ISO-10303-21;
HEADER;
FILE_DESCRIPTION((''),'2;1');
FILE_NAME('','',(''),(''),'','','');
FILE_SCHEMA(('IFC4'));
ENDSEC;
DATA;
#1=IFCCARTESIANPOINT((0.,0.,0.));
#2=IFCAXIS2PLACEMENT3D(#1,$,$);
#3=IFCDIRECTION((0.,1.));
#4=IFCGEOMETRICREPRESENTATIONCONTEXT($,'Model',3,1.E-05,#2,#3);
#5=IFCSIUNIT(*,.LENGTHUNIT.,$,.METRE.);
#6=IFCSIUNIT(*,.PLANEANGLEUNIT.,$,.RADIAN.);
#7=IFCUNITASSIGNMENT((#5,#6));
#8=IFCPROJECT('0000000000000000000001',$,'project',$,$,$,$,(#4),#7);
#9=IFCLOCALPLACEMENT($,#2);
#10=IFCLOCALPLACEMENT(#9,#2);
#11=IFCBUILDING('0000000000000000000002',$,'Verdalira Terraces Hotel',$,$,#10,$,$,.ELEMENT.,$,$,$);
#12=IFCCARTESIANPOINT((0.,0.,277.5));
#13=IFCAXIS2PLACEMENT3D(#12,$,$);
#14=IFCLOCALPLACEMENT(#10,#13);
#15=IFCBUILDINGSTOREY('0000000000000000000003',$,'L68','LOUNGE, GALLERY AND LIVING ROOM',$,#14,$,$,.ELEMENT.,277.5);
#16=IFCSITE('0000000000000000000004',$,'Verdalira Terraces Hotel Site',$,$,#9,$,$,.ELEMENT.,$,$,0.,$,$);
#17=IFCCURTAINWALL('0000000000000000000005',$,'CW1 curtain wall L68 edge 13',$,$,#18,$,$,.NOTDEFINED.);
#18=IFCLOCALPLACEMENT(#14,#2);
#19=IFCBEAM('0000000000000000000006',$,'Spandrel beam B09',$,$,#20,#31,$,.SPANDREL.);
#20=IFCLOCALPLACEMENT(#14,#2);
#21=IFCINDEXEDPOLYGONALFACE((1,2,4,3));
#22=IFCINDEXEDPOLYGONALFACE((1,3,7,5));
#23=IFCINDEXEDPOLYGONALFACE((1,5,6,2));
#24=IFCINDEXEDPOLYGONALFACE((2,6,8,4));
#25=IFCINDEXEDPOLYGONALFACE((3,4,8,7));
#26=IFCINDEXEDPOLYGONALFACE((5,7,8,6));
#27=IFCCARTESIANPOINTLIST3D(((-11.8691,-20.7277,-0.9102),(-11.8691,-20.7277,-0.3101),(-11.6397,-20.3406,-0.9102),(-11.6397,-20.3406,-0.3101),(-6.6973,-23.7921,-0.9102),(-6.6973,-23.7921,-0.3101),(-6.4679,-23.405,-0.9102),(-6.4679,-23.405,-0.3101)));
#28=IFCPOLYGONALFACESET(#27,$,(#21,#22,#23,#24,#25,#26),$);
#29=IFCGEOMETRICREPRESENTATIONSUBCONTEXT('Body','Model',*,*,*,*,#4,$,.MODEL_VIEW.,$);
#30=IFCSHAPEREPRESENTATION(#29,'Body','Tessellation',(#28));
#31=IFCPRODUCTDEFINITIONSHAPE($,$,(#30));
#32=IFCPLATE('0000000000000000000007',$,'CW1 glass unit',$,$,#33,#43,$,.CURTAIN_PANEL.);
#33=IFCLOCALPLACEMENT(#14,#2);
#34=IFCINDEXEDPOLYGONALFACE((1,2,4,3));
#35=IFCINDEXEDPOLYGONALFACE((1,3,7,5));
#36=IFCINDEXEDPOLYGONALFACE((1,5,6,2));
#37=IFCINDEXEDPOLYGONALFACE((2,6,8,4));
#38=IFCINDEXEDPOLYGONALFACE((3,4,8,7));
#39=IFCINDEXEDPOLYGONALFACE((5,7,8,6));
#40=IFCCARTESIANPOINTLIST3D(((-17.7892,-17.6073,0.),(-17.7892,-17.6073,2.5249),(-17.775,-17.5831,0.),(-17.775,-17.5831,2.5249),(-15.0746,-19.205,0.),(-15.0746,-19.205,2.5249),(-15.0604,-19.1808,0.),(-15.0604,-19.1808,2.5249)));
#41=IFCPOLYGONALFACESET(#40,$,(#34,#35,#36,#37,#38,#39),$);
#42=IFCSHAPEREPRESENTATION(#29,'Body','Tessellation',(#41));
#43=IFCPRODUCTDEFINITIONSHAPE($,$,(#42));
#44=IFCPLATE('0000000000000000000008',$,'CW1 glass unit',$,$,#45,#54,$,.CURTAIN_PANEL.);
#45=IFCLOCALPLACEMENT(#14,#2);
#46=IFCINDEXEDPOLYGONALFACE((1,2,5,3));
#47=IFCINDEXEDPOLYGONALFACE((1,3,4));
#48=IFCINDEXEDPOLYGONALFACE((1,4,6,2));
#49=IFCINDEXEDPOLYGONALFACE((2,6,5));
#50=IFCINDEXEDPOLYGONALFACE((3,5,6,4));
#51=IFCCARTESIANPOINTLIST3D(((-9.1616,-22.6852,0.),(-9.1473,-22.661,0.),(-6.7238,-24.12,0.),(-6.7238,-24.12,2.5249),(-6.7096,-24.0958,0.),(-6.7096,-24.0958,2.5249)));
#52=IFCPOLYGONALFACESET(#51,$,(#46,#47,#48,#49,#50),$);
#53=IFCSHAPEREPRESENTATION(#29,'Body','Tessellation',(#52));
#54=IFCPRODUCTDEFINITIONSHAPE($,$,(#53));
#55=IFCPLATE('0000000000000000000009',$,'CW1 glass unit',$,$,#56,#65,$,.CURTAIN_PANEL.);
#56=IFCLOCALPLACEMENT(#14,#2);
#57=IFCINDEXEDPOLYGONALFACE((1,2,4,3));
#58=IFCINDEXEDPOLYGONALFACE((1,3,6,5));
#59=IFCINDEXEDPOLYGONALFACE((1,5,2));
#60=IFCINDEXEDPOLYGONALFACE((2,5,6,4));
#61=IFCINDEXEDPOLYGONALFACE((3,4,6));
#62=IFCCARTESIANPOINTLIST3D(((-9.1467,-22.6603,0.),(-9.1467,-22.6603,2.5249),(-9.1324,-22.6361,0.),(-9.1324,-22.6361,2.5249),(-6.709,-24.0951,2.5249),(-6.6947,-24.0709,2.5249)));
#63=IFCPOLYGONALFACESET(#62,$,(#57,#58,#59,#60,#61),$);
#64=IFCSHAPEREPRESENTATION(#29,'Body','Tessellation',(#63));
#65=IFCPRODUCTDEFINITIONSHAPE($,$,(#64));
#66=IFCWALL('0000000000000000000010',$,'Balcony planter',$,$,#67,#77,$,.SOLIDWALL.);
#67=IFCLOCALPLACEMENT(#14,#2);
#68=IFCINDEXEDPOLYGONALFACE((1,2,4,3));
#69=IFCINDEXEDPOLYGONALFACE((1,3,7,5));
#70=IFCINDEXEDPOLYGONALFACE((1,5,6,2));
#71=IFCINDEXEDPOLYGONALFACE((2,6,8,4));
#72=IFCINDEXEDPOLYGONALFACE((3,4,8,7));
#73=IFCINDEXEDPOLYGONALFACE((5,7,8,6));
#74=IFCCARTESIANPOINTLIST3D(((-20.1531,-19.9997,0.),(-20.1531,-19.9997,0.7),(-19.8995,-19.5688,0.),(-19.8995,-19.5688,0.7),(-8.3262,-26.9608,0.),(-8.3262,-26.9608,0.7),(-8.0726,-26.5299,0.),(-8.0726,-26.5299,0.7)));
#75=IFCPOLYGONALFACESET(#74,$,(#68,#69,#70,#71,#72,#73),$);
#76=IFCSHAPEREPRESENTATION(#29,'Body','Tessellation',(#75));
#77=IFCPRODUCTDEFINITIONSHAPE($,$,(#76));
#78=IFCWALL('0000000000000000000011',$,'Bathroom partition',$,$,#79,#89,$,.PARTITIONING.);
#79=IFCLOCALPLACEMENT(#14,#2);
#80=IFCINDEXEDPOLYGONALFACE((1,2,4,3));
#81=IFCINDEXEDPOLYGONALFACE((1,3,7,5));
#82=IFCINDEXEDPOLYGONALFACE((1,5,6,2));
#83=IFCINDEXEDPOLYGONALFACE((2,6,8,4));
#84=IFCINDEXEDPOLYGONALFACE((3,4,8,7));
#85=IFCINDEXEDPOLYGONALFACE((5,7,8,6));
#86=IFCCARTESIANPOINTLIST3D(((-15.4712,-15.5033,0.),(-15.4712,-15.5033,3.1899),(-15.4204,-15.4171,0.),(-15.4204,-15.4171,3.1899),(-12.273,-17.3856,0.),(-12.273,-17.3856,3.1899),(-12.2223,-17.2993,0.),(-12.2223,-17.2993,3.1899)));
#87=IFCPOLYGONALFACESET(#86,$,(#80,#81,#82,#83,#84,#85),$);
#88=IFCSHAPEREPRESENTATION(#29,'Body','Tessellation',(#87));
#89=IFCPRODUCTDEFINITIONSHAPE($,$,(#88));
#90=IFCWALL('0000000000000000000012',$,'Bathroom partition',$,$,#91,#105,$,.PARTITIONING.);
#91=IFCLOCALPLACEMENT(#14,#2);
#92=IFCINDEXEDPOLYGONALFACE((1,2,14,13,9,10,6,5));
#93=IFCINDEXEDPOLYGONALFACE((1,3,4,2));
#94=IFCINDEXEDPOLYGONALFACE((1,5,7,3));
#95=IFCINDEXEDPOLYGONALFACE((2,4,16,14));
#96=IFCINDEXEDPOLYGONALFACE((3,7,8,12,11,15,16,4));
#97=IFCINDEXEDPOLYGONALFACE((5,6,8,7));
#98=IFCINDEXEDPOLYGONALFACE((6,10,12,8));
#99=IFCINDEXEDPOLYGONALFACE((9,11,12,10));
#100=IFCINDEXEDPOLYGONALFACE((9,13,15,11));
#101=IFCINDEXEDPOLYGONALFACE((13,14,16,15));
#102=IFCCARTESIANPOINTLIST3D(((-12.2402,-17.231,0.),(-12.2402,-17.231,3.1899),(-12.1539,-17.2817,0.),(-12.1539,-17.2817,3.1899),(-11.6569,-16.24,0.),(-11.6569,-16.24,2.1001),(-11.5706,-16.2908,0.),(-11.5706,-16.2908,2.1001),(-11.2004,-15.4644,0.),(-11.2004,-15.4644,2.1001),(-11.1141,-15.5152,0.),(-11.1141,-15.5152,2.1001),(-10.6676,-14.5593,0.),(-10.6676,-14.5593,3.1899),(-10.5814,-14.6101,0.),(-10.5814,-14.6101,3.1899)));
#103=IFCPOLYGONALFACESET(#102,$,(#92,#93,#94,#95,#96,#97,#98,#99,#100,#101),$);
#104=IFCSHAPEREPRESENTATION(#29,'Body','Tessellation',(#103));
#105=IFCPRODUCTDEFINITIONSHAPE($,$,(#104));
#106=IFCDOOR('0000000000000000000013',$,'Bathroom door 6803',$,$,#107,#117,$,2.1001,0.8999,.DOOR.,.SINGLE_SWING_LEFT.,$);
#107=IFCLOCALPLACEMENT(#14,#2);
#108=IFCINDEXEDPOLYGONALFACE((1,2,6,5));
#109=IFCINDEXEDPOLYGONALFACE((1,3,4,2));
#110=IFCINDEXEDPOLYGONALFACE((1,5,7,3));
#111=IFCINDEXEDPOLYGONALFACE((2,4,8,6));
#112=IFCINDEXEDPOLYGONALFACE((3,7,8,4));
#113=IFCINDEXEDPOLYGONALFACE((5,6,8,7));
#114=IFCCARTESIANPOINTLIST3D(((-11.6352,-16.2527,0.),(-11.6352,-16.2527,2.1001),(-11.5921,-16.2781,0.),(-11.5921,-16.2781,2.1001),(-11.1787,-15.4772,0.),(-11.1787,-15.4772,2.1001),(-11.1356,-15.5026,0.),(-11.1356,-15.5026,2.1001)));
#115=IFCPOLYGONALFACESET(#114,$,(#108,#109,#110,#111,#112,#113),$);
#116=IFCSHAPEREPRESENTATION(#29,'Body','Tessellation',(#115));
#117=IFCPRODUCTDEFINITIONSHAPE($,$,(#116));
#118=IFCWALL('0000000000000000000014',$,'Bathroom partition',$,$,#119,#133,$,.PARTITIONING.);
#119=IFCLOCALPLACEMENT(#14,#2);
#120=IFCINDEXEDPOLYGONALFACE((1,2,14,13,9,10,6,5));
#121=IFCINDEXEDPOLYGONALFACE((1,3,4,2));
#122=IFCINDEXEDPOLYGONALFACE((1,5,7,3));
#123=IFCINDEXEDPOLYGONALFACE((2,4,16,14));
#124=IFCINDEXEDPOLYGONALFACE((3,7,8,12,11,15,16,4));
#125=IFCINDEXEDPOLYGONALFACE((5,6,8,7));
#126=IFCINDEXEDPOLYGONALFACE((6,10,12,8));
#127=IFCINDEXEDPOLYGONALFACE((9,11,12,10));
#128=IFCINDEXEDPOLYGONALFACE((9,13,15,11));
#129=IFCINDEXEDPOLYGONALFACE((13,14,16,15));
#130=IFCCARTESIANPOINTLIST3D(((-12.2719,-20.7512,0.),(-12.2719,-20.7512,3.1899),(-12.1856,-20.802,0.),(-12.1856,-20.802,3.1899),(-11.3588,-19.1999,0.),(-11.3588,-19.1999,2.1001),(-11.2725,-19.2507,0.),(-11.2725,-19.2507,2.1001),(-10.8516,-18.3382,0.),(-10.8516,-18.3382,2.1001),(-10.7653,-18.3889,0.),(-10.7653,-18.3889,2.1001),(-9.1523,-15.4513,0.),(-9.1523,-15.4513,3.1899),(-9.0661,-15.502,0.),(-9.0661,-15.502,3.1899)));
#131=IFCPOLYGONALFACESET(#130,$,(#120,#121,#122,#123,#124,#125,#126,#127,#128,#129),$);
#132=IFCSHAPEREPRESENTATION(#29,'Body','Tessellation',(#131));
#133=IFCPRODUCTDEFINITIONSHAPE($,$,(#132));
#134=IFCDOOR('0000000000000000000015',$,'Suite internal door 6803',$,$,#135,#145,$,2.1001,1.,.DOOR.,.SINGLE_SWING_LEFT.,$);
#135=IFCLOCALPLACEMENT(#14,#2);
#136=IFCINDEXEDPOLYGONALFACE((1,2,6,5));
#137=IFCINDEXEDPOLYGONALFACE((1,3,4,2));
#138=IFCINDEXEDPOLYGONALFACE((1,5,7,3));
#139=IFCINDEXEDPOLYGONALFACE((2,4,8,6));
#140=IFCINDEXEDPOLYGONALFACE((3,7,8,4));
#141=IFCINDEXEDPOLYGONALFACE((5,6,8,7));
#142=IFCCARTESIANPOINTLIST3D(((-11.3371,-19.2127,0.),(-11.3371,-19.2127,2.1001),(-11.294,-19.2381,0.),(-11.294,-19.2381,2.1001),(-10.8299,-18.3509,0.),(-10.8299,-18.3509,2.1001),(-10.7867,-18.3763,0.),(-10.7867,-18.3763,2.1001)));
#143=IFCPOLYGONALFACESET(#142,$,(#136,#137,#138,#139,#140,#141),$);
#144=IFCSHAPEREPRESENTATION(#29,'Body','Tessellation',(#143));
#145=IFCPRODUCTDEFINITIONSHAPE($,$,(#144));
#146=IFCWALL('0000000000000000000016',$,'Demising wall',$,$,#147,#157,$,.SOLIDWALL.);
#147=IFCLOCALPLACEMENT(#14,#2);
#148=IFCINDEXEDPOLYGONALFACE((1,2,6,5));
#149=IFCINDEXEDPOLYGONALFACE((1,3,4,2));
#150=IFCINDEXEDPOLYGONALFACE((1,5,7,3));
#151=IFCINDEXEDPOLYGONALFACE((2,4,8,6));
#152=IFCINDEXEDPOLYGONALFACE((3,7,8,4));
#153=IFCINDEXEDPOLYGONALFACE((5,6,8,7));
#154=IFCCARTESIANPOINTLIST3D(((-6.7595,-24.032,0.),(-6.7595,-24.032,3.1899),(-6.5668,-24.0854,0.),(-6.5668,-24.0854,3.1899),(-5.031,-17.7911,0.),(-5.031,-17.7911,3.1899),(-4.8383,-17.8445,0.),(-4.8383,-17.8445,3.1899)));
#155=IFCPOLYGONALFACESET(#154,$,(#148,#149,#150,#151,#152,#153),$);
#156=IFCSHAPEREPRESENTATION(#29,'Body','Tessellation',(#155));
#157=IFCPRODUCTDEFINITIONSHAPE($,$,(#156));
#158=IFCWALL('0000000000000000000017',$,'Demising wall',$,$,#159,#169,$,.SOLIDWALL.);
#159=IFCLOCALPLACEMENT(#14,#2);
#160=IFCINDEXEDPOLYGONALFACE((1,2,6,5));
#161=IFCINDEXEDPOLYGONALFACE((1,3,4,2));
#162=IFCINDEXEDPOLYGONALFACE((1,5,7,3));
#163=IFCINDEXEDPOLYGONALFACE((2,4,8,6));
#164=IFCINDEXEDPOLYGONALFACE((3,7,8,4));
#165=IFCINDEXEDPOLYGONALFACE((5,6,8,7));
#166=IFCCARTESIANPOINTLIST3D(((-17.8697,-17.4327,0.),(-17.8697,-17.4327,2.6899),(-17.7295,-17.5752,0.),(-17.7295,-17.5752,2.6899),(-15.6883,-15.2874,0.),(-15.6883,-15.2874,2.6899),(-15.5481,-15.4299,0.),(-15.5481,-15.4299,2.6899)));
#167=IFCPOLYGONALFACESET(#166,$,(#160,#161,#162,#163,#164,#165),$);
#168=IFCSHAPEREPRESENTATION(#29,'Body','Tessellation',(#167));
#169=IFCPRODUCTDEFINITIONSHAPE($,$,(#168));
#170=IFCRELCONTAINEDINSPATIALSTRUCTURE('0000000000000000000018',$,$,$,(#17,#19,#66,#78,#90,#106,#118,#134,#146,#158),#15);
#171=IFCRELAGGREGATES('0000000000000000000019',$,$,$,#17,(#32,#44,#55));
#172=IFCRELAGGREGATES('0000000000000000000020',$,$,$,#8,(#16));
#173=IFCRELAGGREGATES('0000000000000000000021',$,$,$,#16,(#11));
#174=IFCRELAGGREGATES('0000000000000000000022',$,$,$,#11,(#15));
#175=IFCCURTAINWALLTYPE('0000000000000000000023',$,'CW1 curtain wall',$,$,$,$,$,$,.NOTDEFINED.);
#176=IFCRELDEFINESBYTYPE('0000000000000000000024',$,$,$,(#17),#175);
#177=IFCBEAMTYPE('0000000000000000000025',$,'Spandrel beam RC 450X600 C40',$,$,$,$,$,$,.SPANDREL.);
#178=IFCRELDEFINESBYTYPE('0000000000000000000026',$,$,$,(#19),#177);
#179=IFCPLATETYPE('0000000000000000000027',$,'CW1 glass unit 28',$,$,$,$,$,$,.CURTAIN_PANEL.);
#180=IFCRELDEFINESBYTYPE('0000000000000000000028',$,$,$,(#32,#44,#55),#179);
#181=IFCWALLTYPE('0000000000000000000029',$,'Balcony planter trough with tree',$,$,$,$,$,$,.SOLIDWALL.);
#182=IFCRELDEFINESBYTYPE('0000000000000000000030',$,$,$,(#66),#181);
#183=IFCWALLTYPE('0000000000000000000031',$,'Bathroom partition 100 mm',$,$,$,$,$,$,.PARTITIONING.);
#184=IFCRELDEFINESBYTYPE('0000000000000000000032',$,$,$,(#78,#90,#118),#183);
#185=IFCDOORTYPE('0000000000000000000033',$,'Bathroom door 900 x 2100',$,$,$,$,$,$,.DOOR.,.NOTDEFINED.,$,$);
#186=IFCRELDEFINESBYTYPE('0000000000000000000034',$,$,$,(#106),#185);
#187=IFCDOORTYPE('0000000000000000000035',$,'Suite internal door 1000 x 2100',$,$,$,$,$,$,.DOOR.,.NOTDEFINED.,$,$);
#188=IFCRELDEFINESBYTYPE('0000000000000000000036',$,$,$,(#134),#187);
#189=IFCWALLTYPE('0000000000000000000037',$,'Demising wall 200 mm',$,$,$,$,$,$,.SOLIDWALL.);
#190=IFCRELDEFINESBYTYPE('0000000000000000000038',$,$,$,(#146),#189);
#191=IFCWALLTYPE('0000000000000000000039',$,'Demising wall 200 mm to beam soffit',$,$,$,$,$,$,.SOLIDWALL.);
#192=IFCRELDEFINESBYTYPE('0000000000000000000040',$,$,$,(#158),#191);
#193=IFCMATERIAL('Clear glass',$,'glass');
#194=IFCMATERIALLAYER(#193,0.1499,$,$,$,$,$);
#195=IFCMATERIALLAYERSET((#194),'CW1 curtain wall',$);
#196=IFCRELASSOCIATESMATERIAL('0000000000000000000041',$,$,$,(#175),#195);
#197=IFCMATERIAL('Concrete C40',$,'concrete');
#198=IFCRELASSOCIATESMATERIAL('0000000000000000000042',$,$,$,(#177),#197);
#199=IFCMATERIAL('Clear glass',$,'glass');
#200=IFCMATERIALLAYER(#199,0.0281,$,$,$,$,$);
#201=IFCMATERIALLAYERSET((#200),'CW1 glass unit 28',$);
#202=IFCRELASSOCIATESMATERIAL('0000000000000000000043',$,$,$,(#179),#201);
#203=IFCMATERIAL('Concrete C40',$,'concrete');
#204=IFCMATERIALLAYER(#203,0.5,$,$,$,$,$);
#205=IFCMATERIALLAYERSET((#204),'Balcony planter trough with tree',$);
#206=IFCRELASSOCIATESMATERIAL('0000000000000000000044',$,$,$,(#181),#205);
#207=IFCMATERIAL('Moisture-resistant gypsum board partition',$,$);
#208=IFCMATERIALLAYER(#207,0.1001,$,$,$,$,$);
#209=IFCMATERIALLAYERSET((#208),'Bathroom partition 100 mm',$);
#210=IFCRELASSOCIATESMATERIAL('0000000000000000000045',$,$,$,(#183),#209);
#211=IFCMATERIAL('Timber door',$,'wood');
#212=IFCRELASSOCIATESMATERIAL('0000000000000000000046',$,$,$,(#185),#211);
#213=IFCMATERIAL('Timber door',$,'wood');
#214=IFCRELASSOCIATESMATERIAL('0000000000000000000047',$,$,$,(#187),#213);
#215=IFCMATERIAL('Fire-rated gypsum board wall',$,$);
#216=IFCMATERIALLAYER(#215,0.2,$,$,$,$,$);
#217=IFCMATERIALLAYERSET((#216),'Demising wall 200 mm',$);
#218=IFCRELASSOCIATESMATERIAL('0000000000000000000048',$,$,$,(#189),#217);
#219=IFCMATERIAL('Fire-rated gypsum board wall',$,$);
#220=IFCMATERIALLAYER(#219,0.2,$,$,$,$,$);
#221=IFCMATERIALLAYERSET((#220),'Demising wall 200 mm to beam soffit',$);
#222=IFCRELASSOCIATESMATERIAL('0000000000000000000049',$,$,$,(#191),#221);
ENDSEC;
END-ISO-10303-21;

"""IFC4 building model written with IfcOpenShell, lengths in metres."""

from ifc_helpers import new_model, si_unit, direction, frame, frame_2d, origin, origin_2d, place, context, subcontext, project, spatial, polyline, rectangle, outline, extrude, material, layer, layer_set, material_profile, profile_set, type_object, element, fill, aggregate, save


model = new_model("IFC4")

# Units and contexts
model_context = context("Model", 3, precision=1e-05, world=origin(), true_north=direction((0.0, 1.0)))
body_context = subcontext(model_context, "Body", "Model", "MODEL_VIEW")
ifc_project = project(units=[si_unit("LENGTHUNIT", "METRE"), si_unit("PLANEANGLEUNIT", "RADIAN")], contexts=[model_context])

# Site, building, storey
site_placement = place(None, origin())
site = spatial("IfcSite", under=ifc_project, at=site_placement, Name="Verdalira Terraces Hotel Site", CompositionType="ELEMENT", RefElevation=0.0)
building_placement = place(site_placement, origin())
building = spatial("IfcBuilding", under=site, at=building_placement, Name="Verdalira Terraces Hotel", CompositionType="ELEMENT")
storey_placement = place(building_placement, frame((0.0, 0.0, 277.5)))
storey = spatial("IfcBuildingStorey", under=building, at=storey_placement, Name="L68", Description="LOUNGE, GALLERY AND LIVING ROOM", CompositionType="ELEMENT", Elevation=277.5)

# Shared definitions
ifc_material_1 = material(Name="Clear glass", Category="glass")
ifc_layer_1 = layer(ifc_material_1, 0.1499)
ifc_layer_set_1 = layer_set([ifc_layer_1], Name="CW1 curtain wall")
curtain_wall_type = type_object("IfcCurtainWallType", Name="CW1 curtain wall", PredefinedType="NOTDEFINED", material=ifc_layer_set_1)

# Curtain wall
curtain_wall_1_placement = place(storey_placement, origin())
curtain_wall_1 = element("IfcCurtainWall", 1, at=curtain_wall_1_placement, inside=storey, type_object=curtain_wall_type, Name="CW1 curtain wall L68 edge 13", PredefinedType="NOTDEFINED")

# Beam
ifc_material_2 = material(Name="Concrete C40", Category="concrete")
ifc_material_profile_1 = material_profile(ifc_material_2, rectangle(XDim=0.45, YDim=0.6001, at=origin_2d()), Name="RC 450X600")
ifc_profile_set_1 = profile_set([ifc_material_profile_1], Name="Concrete C40")
beam_type_1 = type_object("IfcBeamType", Name="Spandrel beam RC 450X600 C40", PredefinedType="SPANDREL", material=ifc_profile_set_1)
beam_1_placement = place(storey_placement, frame((-11.7544, -20.5342, -0.6101), z_axis=(0.860318, -0.509758, 0.0), x_axis=(0.509758, 0.860318, 0.0)))
element("IfcBeam", 2, at=beam_1_placement, inside=storey, type_object=beam_type_1, Name="Spandrel beam B09", PredefinedType="SPANDREL", context=body_context, shape_type="SweptSolid", body=[
    extrude(rectangle(XDim=0.45, YDim=0.6001, at=origin_2d()), origin(), (0.0, 0.0, 1.0), 6.0115),
])

# Plates
ifc_material_3 = material(Name="Clear glass", Category="glass")
ifc_layer_2 = layer(ifc_material_3, 0.0281)
ifc_layer_set_2 = layer_set([ifc_layer_2], Name="CW1 glass unit 28")
plate_type = type_object("IfcPlateType", Name="CW1 glass unit 28", PredefinedType="CURTAIN_PANEL", material=ifc_layer_set_2)
plate_1_placement = place(storey_placement, frame((-16.4248, -18.394, 0.0), z_axis=(0.0, 0.0, 1.0), x_axis=(0.861806, -0.507238, 0.0)))
plate_1 = element("IfcPlate", 3, at=plate_1_placement, type_object=plate_type, Name="CW1 glass unit", PredefinedType="CURTAIN_PANEL", context=body_context, shape_type="SweptSolid", body=[
    extrude(rectangle(XDim=3.1499, YDim=0.0281, at=origin_2d()), origin(), (0.0, 0.0, 1.0), 2.5249),
])
plate_2_placement = place(storey_placement, frame((-7.9285, -23.3784, 1.2625), z_axis=(-0.507238, -0.861806, 0.0), x_axis=(0.861806, -0.507238, 0.0)))
plate_2 = element("IfcPlate", 4, at=plate_2_placement, type_object=plate_type, Name="CW1 glass unit", PredefinedType="CURTAIN_PANEL", context=body_context, shape_type="SweptSolid", body=[
    extrude(outline(polyline([(-1.4143, -1.2625), (1.4143, -1.2625), (1.4143, 1.2625), (-1.4143, -1.2625)])), origin(), (0.0, 0.0, 1.0), 0.0281),
])
plate_3_placement = place(storey_placement, frame((-7.9136, -23.3535, 1.2625), z_axis=(-0.507238, -0.861806, 0.0), x_axis=(0.861806, -0.507238, 0.0)))
plate_3 = element("IfcPlate", 5, at=plate_3_placement, type_object=plate_type, Name="CW1 glass unit", PredefinedType="CURTAIN_PANEL", context=body_context, shape_type="SweptSolid", body=[
    extrude(outline(polyline([(-1.4143, -1.2625), (1.4143, 1.2625), (-1.4143, 1.2625), (-1.4143, -1.2625)])), origin(), (0.0, 0.0, 1.0), 0.0281),
])
aggregate(curtain_wall_1, [plate_1, plate_2, plate_3])

# Walls
ifc_material_4 = material(Name="Concrete C40", Category="concrete")
ifc_layer_3 = layer(ifc_material_4, 0.5)
ifc_layer_set_3 = layer_set([ifc_layer_3], Name="Balcony planter trough with tree")
wall_type_1 = type_object("IfcWallType", Name="Balcony planter trough with tree", PredefinedType="SOLIDWALL", material=ifc_layer_set_3)
wall_1_placement = place(storey_placement, frame((-20.0264, -19.7842, 0.0), z_axis=(0.0, 0.0, 1.0), x_axis=(0.861801, -0.507246, 0.0)))
element("IfcWall", 6, at=wall_1_placement, inside=storey, type_object=wall_type_1, Name="Balcony planter", PredefinedType="SOLIDWALL", context=body_context, shape_type="SweptSolid", body=[
    extrude(rectangle(XDim=13.7234, YDim=0.5, at=frame_2d((6.8618, 0.0))), origin(), (0.0, 0.0, 1.0), 0.7),
])
ifc_material_5 = material(Name="Moisture-resistant gypsum board partition")
ifc_layer_4 = layer(ifc_material_5, 0.1001)
ifc_layer_set_4 = layer_set([ifc_layer_4], Name="Bathroom partition 100 mm")
wall_type_2 = type_object("IfcWallType", Name="Bathroom partition 100 mm", PredefinedType="PARTITIONING", material=ifc_layer_set_4)
wall_2_placement = place(storey_placement, frame((-15.4458, -15.4602, 0.0), z_axis=(0.0, 0.0, 1.0), x_axis=(0.861816, -0.507221, 0.0)))
element("IfcWall", 7, at=wall_2_placement, inside=storey, type_object=wall_type_2, Name="Bathroom partition", PredefinedType="PARTITIONING", context=body_context, shape_type="SweptSolid", body=[
    extrude(rectangle(XDim=3.7109, YDim=0.1001, at=frame_2d((1.8555, 0.0))), origin(), (0.0, 0.0, 1.0), 3.1899),
])

# Walls, openings, doors
wall_3_placement = place(storey_placement, frame((-12.197, -17.2563, 0.0), z_axis=(0.0, 0.0, 1.0), x_axis=(0.507251, 0.861799, 0.0)))
wall_3 = element("IfcWall", 8, at=wall_3_placement, inside=storey, type_object=wall_type_2, Name="Bathroom partition", PredefinedType="PARTITIONING", context=body_context, shape_type="SweptSolid", body=[
    extrude(rectangle(XDim=3.1001, YDim=0.1001, at=frame_2d((1.55, 0.0))), origin(), (0.0, 0.0, 1.0), 3.1899),
])
opening_1_placement = place(wall_3_placement, frame((1.1499, 0.0, 0.0)))
opening_1 = element("IfcOpeningElement", 9, at=opening_1_placement, cuts=wall_3, PredefinedType="OPENING", context=body_context, shape_type="SweptSolid", body=[
    extrude(rectangle(XDim=0.8999, YDim=2.1001, at=frame_2d((0.45, 1.05))), frame((0.0, 0.0601, 0.0), z_axis=(0.0, -1.0, 0.0), x_axis=(1.0, 0.0, 0.0)), (0.0, 0.0, 1.0), 0.1201),
])
ifc_material_6 = material(Name="Timber door", Category="wood")
door_type_1 = type_object("IfcDoorType", Name="Bathroom door 900 x 2100", OperationType="NOTDEFINED", PredefinedType="DOOR", material=ifc_material_6)
door_1_placement = place(opening_1_placement, origin())
door_1 = element("IfcDoor", 10, at=door_1_placement, inside=storey, type_object=door_type_1, Name="Bathroom door 6803", OperationType="SINGLE_SWING_LEFT", OverallHeight=2.1001, OverallWidth=0.8999, PredefinedType="DOOR", context=body_context, shape_type="SweptSolid", body=[
    extrude(rectangle(XDim=0.8999, YDim=2.1001, at=frame_2d((0.45, 1.05))), frame((0.0, 0.0249, 0.0), z_axis=(0.0, -1.0, 0.0), x_axis=(1.0, 0.0, 0.0)), (0.0, 0.0, 1.0), 0.05),
])
fill(opening_1, door_1)
wall_4_placement = place(storey_placement, frame((-12.2288, -20.7766, 0.0), z_axis=(0.0, 0.0, 1.0), x_axis=(0.507256, 0.861795, 0.0)))
wall_4 = element("IfcWall", 11, at=wall_4_placement, inside=storey, type_object=wall_type_2, Name="Bathroom partition", PredefinedType="PARTITIONING", context=body_context, shape_type="SweptSolid", body=[
    extrude(rectangle(XDim=6.1499, YDim=0.1001, at=frame_2d((3.075, 0.0))), origin(), (0.0, 0.0, 1.0), 3.1899),
])
opening_2_placement = place(wall_4_placement, frame((1.8, 0.0, 0.0)))
opening_2 = element("IfcOpeningElement", 12, at=opening_2_placement, cuts=wall_4, PredefinedType="OPENING", context=body_context, shape_type="SweptSolid", body=[
    extrude(rectangle(XDim=1.0, YDim=2.1001, at=frame_2d((0.5, 1.05))), frame((0.0, 0.0601, 0.0), z_axis=(0.0, -1.0, 0.0), x_axis=(1.0, 0.0, 0.0)), (0.0, 0.0, 1.0), 0.1201),
])
ifc_material_7 = material(Name="Timber door", Category="wood")
door_type_2 = type_object("IfcDoorType", Name="Suite internal door 1000 x 2100", OperationType="NOTDEFINED", PredefinedType="DOOR", material=ifc_material_7)
door_2_placement = place(opening_2_placement, origin())
door_2 = element("IfcDoor", 13, at=door_2_placement, inside=storey, type_object=door_type_2, Name="Suite internal door 6803", OperationType="SINGLE_SWING_LEFT", OverallHeight=2.1001, OverallWidth=1.0, PredefinedType="DOOR", context=body_context, shape_type="SweptSolid", body=[
    extrude(rectangle(XDim=1.0, YDim=2.1001, at=frame_2d((0.5, 1.05))), frame((0.0, 0.0249, 0.0), z_axis=(0.0, -1.0, 0.0), x_axis=(1.0, 0.0, 0.0)), (0.0, 0.0, 1.0), 0.05),
])
fill(opening_2, door_2)

# Walls
ifc_material_8 = material(Name="Fire-rated gypsum board wall")
ifc_layer_5 = layer(ifc_material_8, 0.2)
ifc_layer_set_5 = layer_set([ifc_layer_5], Name="Demising wall 200 mm")
wall_type_3 = type_object("IfcWallType", Name="Demising wall 200 mm", PredefinedType="SOLIDWALL", material=ifc_layer_set_5)
wall_5_placement = place(storey_placement, frame((-6.6631, -24.0586, 0.0), z_axis=(0.0, 0.0, 1.0), x_axis=(0.266915, 0.96372, 0.0)))
element("IfcWall", 14, at=wall_5_placement, inside=storey, type_object=wall_type_3, Name="Demising wall", PredefinedType="SOLIDWALL", context=body_context, shape_type="SweptSolid", body=[
    extrude(rectangle(XDim=6.4758, YDim=0.2, at=frame_2d((3.2378, 0.0))), origin(), (0.0, 0.0, 1.0), 3.1899),
])
ifc_material_9 = material(Name="Fire-rated gypsum board wall")
ifc_layer_6 = layer(ifc_material_9, 0.2)
ifc_layer_set_6 = layer_set([ifc_layer_6], Name="Demising wall 200 mm to beam soffit")
wall_type_4 = type_object("IfcWallType", Name="Demising wall 200 mm to beam soffit", PredefinedType="SOLIDWALL", material=ifc_layer_set_6)
wall_6_placement = place(storey_placement, frame((-15.6182, -15.3586, 0.0), z_axis=(0.0, 0.0, 1.0), x_axis=(-0.712987, -0.701177, 0.0)))
element("IfcWall", 15, at=wall_6_placement, inside=storey, type_object=wall_type_4, Name="Demising wall", PredefinedType="SOLIDWALL", context=body_context, shape_type="SweptSolid", body=[
    extrude(rectangle(XDim=3.0596, YDim=0.2, at=frame_2d((1.5298, 0.0))), origin(), (0.0, 0.0, 1.0), 2.6899),
])

save(model, "model.ifc")
